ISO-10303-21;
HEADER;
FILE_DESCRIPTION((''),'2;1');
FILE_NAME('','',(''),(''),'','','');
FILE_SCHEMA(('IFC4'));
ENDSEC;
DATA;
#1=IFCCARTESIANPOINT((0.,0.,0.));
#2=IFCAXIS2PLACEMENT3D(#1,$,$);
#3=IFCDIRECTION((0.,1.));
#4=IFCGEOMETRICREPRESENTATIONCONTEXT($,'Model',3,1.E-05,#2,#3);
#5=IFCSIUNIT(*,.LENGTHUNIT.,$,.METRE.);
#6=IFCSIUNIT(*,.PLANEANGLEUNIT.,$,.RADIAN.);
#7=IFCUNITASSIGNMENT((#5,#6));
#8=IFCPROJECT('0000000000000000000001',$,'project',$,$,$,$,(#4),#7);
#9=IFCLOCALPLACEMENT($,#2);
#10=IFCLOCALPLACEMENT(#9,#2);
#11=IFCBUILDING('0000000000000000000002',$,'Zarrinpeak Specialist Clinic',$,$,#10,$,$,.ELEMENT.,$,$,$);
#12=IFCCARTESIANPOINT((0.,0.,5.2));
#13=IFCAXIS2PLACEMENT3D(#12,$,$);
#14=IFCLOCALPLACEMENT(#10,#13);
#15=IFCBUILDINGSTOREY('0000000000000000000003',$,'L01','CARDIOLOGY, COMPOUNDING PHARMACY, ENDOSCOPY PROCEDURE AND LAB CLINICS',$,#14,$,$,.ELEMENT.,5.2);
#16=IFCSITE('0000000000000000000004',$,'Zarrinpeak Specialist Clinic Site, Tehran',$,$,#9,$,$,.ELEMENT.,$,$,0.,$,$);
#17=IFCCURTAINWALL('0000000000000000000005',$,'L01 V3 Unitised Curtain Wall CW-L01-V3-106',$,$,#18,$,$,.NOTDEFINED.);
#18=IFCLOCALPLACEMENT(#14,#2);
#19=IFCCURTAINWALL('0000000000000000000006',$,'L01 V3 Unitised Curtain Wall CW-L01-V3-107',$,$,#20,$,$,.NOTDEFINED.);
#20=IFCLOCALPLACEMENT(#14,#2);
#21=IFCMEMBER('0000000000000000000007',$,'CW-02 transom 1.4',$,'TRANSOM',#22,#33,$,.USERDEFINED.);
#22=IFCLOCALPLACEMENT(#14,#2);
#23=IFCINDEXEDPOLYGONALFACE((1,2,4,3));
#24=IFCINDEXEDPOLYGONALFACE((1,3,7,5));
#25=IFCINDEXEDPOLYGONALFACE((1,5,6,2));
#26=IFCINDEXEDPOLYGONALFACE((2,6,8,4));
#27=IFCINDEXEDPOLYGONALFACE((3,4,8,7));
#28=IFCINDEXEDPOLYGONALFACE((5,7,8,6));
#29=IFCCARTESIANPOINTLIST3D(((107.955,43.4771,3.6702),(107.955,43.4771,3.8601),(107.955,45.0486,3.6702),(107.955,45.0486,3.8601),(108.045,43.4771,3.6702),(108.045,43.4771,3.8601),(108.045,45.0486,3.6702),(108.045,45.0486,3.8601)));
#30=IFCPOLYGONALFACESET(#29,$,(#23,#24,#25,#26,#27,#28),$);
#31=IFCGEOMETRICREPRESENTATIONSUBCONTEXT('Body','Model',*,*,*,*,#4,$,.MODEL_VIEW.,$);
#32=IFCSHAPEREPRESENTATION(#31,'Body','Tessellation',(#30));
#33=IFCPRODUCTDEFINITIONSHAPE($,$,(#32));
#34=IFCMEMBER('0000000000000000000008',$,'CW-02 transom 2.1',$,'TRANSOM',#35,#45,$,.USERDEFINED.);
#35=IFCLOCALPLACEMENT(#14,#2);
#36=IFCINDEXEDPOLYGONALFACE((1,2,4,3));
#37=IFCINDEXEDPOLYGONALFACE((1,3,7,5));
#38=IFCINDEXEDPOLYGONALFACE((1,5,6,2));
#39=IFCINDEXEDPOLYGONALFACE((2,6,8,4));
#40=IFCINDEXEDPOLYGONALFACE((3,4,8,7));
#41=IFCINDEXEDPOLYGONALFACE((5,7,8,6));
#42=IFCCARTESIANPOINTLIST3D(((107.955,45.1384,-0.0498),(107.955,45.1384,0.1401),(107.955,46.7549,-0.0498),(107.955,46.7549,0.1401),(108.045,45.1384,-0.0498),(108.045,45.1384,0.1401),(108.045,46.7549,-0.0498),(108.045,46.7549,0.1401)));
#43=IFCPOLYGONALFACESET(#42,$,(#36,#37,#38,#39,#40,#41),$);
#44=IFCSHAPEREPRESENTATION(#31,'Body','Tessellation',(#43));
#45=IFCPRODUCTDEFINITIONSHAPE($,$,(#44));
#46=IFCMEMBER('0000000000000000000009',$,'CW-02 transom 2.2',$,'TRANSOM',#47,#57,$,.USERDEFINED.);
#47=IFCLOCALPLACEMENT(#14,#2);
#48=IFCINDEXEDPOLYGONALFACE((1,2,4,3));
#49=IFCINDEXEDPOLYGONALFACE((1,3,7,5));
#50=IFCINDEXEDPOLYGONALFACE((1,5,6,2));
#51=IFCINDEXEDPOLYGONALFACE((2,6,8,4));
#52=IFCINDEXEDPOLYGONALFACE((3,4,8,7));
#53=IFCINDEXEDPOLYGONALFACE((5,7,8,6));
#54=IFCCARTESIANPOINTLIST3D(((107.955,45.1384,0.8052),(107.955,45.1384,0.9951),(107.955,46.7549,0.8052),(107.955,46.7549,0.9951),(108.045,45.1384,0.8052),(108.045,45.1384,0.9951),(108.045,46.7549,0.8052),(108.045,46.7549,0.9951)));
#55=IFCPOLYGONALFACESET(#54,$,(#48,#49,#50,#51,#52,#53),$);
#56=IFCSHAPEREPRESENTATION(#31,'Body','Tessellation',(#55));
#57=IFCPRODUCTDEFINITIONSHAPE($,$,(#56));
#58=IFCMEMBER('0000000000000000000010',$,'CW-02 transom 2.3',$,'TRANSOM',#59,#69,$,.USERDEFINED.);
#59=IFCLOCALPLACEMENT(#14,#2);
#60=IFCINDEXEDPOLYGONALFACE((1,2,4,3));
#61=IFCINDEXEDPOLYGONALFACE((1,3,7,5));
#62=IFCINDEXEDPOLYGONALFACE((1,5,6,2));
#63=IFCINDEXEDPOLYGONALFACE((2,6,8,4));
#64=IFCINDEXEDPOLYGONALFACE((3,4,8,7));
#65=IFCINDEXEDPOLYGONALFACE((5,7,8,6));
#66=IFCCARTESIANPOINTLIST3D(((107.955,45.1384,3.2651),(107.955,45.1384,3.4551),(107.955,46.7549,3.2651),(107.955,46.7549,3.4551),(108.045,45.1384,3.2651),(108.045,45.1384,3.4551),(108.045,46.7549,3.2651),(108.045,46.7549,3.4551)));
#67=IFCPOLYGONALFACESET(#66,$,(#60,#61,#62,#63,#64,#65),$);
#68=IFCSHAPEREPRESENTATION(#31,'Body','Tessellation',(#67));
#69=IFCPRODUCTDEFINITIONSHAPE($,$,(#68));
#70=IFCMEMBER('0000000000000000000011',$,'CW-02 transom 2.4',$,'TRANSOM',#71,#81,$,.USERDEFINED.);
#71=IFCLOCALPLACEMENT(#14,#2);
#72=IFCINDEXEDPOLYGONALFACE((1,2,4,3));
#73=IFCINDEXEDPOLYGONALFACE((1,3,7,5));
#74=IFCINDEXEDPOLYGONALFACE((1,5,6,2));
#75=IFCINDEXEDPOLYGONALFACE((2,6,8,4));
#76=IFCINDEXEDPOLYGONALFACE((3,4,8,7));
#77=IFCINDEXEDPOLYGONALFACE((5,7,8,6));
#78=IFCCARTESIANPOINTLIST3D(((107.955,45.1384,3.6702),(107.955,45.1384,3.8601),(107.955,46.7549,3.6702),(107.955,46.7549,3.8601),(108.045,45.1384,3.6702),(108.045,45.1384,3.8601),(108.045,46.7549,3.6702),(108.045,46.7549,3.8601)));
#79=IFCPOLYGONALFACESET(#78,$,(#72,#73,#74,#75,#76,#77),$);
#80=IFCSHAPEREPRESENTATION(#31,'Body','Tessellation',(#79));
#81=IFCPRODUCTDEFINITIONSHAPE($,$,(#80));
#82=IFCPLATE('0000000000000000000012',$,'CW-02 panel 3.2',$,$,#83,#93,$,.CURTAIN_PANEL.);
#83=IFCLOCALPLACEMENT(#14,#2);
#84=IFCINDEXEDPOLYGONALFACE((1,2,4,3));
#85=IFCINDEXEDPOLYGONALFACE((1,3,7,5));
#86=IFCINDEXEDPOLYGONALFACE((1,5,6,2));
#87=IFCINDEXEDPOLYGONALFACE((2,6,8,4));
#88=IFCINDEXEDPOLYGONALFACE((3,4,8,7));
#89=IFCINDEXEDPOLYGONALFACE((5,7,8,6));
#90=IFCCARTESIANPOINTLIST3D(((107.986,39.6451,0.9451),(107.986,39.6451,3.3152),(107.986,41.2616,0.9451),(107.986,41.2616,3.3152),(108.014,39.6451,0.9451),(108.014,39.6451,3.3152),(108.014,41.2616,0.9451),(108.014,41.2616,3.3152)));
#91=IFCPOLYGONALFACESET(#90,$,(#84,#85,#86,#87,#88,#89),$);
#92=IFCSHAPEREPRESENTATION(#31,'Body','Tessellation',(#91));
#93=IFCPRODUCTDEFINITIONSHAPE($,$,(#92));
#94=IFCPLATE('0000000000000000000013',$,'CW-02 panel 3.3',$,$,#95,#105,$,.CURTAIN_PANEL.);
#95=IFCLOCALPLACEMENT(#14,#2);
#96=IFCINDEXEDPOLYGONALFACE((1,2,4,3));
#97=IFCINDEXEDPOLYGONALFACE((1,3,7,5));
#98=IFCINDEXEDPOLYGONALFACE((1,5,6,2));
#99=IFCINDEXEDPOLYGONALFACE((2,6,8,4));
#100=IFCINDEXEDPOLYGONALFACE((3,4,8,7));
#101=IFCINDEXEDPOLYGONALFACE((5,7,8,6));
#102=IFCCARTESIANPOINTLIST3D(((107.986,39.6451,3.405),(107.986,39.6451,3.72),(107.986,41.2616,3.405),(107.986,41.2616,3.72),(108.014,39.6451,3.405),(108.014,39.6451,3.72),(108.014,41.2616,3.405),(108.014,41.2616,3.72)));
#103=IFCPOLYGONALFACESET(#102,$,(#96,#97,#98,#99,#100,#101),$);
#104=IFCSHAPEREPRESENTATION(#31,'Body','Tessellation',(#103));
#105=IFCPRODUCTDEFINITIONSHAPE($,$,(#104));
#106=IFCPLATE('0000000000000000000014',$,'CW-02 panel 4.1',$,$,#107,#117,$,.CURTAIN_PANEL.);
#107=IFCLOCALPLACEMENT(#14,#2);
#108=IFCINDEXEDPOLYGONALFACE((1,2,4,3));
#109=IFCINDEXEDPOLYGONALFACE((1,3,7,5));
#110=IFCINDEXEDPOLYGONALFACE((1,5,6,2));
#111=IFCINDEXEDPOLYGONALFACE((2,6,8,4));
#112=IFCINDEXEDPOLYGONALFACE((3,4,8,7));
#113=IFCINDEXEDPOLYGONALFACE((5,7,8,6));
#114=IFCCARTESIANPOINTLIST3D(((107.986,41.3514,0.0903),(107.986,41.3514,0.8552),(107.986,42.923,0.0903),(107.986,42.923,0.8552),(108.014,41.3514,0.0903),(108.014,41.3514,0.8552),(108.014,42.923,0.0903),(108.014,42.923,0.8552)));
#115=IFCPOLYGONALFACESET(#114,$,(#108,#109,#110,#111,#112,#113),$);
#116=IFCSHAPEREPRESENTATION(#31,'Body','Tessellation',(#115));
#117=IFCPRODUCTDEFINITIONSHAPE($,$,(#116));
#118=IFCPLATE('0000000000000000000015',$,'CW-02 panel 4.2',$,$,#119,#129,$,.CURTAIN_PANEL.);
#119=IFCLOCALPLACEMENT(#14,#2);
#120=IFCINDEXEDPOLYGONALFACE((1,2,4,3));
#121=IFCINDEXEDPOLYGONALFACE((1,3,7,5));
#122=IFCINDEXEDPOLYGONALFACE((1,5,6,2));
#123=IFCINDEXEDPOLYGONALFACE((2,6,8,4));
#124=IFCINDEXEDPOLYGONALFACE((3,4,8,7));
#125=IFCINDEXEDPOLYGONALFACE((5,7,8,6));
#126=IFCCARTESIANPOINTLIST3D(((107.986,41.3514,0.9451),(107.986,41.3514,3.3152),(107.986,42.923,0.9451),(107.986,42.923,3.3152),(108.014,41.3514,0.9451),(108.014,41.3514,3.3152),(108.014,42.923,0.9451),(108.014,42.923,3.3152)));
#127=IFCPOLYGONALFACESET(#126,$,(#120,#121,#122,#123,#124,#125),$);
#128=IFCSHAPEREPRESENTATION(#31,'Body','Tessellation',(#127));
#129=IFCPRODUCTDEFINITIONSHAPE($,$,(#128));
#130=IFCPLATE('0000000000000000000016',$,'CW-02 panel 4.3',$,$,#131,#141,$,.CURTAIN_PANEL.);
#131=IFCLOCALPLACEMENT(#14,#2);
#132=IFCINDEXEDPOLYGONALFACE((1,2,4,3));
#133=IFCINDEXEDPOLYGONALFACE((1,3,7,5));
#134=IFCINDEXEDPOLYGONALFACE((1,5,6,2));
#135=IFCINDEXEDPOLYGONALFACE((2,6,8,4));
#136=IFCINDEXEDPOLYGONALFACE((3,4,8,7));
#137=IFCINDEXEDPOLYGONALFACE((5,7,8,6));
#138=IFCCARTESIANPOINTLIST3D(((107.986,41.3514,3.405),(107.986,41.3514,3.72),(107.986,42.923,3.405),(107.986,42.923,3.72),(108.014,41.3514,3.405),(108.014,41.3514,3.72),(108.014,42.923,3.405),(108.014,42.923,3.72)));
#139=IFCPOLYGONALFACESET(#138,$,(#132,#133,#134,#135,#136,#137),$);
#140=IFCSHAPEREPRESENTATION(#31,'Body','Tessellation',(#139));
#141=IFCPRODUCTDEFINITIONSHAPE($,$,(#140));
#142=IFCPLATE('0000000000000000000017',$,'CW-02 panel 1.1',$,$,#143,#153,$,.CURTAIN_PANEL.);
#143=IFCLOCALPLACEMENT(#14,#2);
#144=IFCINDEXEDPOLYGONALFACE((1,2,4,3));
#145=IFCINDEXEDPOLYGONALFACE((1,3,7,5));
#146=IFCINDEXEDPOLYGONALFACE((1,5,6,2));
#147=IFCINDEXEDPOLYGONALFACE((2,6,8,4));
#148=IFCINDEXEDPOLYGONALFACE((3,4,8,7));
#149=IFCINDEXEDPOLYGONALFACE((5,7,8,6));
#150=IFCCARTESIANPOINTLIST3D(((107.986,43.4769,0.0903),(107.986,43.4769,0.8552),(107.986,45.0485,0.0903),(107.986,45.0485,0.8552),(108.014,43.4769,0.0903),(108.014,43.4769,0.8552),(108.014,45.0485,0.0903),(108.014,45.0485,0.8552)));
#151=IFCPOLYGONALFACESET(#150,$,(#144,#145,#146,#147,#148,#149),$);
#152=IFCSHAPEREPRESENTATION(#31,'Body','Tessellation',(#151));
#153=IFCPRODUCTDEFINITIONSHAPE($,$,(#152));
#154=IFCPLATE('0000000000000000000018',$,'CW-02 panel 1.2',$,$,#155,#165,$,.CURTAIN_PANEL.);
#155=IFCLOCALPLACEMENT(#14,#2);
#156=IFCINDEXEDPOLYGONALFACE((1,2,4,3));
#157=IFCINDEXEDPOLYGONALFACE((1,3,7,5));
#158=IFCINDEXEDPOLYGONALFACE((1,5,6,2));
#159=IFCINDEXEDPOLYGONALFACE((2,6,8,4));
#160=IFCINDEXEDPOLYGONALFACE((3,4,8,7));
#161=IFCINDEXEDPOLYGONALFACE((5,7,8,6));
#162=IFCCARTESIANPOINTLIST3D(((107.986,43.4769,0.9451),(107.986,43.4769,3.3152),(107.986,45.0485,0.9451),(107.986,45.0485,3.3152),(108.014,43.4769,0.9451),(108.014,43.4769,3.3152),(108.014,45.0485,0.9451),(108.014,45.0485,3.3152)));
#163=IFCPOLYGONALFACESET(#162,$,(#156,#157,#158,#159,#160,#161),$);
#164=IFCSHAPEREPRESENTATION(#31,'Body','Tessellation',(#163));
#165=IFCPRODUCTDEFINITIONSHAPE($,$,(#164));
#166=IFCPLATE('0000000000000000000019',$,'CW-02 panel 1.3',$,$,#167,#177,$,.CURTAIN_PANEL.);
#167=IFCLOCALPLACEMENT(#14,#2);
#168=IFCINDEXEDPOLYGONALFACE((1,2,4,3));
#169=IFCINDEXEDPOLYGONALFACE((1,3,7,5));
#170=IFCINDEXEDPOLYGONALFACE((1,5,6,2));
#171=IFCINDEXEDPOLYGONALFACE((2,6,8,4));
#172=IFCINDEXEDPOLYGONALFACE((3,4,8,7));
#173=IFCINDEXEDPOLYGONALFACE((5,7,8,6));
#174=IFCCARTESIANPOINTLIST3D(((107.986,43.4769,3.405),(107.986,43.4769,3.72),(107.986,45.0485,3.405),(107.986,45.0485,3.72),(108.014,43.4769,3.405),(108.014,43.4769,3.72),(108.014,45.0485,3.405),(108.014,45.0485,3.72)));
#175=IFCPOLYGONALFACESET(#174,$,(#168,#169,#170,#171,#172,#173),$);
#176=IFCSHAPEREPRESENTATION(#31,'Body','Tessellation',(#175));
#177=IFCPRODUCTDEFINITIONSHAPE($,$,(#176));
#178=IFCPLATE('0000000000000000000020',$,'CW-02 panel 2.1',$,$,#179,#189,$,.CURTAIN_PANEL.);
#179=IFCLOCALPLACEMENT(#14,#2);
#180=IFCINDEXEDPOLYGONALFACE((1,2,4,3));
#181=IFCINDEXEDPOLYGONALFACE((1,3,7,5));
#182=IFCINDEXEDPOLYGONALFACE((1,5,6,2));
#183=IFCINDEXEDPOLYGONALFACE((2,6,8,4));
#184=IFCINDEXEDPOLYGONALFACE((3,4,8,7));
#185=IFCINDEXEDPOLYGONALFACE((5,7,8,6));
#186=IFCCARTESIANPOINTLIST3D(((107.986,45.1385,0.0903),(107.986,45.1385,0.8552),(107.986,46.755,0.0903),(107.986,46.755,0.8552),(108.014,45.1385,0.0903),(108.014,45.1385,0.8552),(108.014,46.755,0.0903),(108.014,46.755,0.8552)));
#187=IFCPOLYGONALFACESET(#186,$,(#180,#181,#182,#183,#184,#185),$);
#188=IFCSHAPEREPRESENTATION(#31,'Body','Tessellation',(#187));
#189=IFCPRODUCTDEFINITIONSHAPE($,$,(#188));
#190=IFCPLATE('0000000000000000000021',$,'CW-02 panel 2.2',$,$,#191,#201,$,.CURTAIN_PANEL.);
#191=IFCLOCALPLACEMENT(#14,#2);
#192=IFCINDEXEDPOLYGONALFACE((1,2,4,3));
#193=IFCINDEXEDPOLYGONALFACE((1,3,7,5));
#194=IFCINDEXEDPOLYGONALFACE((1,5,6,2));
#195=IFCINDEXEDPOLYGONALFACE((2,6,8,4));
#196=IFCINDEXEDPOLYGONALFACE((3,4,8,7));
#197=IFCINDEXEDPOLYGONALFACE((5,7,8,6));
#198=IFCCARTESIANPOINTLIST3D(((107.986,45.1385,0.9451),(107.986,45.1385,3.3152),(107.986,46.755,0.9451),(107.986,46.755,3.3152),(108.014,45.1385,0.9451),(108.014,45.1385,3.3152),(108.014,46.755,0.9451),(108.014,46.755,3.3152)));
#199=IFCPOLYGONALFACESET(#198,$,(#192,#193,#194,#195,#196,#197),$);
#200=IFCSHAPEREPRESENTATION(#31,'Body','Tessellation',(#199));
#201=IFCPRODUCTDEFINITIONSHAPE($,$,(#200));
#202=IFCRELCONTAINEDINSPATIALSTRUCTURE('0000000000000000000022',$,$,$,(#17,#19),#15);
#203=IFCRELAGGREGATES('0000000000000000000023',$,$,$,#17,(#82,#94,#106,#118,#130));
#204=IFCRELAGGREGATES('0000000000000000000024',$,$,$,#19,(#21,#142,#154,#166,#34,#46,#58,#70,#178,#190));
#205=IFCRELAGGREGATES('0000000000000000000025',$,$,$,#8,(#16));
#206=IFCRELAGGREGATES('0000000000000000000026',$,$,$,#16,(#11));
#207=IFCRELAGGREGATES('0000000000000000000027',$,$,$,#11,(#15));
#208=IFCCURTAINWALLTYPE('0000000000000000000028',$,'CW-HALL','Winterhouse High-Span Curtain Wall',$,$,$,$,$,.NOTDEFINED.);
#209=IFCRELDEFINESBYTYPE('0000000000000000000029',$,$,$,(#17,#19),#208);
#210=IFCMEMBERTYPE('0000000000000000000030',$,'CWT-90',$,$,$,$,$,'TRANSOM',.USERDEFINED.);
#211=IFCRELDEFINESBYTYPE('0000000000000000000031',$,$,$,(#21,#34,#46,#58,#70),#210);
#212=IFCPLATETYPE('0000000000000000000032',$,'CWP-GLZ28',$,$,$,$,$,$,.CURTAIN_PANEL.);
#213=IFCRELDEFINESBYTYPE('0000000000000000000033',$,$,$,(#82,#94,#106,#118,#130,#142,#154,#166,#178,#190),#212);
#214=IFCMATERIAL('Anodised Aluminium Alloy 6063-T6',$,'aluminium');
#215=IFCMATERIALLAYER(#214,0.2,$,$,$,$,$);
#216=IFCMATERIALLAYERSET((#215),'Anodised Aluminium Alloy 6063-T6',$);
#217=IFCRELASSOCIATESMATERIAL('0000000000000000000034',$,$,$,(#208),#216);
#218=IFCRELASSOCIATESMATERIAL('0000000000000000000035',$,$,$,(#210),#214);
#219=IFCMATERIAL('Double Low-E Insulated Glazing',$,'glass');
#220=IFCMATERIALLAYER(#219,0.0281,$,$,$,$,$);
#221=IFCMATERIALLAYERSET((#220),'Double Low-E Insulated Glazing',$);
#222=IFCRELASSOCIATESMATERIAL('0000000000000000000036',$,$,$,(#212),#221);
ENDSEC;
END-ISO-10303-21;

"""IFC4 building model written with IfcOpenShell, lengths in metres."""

from ifc_helpers import new_model, si_unit, direction, frame, origin, origin_2d, place, context, subcontext, project, spatial, rectangle, extrude, material, layer, layer_set, material_profile, profile_set, type_object, element, aggregate, save


model = new_model("IFC4")

# Units and contexts
model_context = context("Model", 3, precision=1e-05, world=origin(), true_north=direction((0.0, 1.0)))
body_context = subcontext(model_context, "Body", "Model", "MODEL_VIEW")
ifc_project = project(units=[si_unit("LENGTHUNIT", "METRE"), si_unit("PLANEANGLEUNIT", "RADIAN")], contexts=[model_context])

# Site, building, storey
site_placement = place(None, origin())
site = spatial("IfcSite", under=ifc_project, at=site_placement, Name="Zarrinpeak Specialist Clinic Site, Tehran", CompositionType="ELEMENT", RefElevation=0.0)
building_placement = place(site_placement, origin())
building = spatial("IfcBuilding", under=site, at=building_placement, Name="Zarrinpeak Specialist Clinic", CompositionType="ELEMENT")
storey_placement = place(building_placement, frame((0.0, 0.0, 5.2)))
storey = spatial("IfcBuildingStorey", under=building, at=storey_placement, Name="L01", Description="CARDIOLOGY, COMPOUNDING PHARMACY, ENDOSCOPY PROCEDURE AND LAB CLINICS", CompositionType="ELEMENT", Elevation=5.2)

# Curtain walls
ifc_material_1 = material(Name="Anodised Aluminium Alloy 6063-T6", Category="aluminium")
ifc_layer_1 = layer(ifc_material_1, 0.2)
ifc_layer_set_1 = layer_set([ifc_layer_1], Name="Anodised Aluminium Alloy 6063-T6")
curtain_wall_type = type_object("IfcCurtainWallType", Name="CW-HALL", Description="Winterhouse High-Span Curtain Wall", PredefinedType="NOTDEFINED", material=ifc_layer_set_1)
curtain_wall_1_placement = place(storey_placement, origin())
curtain_wall_1 = element("IfcCurtainWall", 1, at=curtain_wall_1_placement, inside=storey, type_object=curtain_wall_type, Name="L01 V3 Unitised Curtain Wall CW-L01-V3-106", PredefinedType="NOTDEFINED")
curtain_wall_2_placement = place(storey_placement, origin())
curtain_wall_2 = element("IfcCurtainWall", 2, at=curtain_wall_2_placement, inside=storey, type_object=curtain_wall_type, Name="L01 V3 Unitised Curtain Wall CW-L01-V3-107", PredefinedType="NOTDEFINED")

# Members
ifc_material_profile_1 = material_profile(ifc_material_1, rectangle(XDim=0.0901, YDim=0.1899, at=origin_2d()), Name="ALU 90x190")
ifc_profile_set_1 = profile_set([ifc_material_profile_1], Name="Anodised Aluminium Alloy 6063-T6")
member_type_1 = type_object("IfcMemberType", Name="CWT-90", ElementType="TRANSOM", PredefinedType="USERDEFINED", material=ifc_profile_set_1)
member_1_placement = place(storey_placement, frame((108.0, 43.4771, 3.7651), z_axis=(0.0, 1.0, 0.0), x_axis=(-1.0, 0.0, 0.0)))
member_1 = element("IfcMember", 3, at=member_1_placement, type_object=member_type_1, Name="CW-02 transom 1.4", ObjectType="TRANSOM", PredefinedType="USERDEFINED", context=body_context, shape_type="SweptSolid", body=[
    extrude(rectangle(XDim=0.0901, YDim=0.1899, at=origin_2d()), origin(), (0.0, 0.0, 1.0), 1.5715),
])
member_2_placement = place(storey_placement, frame((108.0, 45.1384, 0.0452), z_axis=(0.0, 1.0, 0.0), x_axis=(-1.0, 0.0, 0.0)))
member_2 = element("IfcMember", 4, at=member_2_placement, type_object=member_type_1, Name="CW-02 transom 2.1", ObjectType="TRANSOM", PredefinedType="USERDEFINED", context=body_context, shape_type="SweptSolid", body=[
    extrude(rectangle(XDim=0.0901, YDim=0.1899, at=origin_2d()), origin(), (0.0, 0.0, 1.0), 1.6165),
])
member_3_placement = place(storey_placement, frame((108.0, 45.1384, 0.9001), z_axis=(0.0, 1.0, 0.0), x_axis=(-1.0, 0.0, 0.0)))
member_3 = element("IfcMember", 5, at=member_3_placement, type_object=member_type_1, Name="CW-02 transom 2.2", ObjectType="TRANSOM", PredefinedType="USERDEFINED", context=body_context, shape_type="SweptSolid", body=[
    extrude(rectangle(XDim=0.0901, YDim=0.1899, at=origin_2d()), origin(), (0.0, 0.0, 1.0), 1.6165),
])
member_4_placement = place(storey_placement, frame((108.0, 45.1384, 3.3601), z_axis=(0.0, 1.0, 0.0), x_axis=(-1.0, 0.0, 0.0)))
member_4 = element("IfcMember", 6, at=member_4_placement, type_object=member_type_1, Name="CW-02 transom 2.3", ObjectType="TRANSOM", PredefinedType="USERDEFINED", context=body_context, shape_type="SweptSolid", body=[
    extrude(rectangle(XDim=0.0901, YDim=0.1899, at=origin_2d()), origin(), (0.0, 0.0, 1.0), 1.6165),
])
member_5_placement = place(storey_placement, frame((108.0, 45.1384, 3.7651), z_axis=(0.0, 1.0, 0.0), x_axis=(-1.0, 0.0, 0.0)))
member_5 = element("IfcMember", 7, at=member_5_placement, type_object=member_type_1, Name="CW-02 transom 2.4", ObjectType="TRANSOM", PredefinedType="USERDEFINED", context=body_context, shape_type="SweptSolid", body=[
    extrude(rectangle(XDim=0.0901, YDim=0.1899, at=origin_2d()), origin(), (0.0, 0.0, 1.0), 1.6165),
])

# Plates
ifc_material_2 = material(Name="Double Low-E Insulated Glazing", Category="glass")
ifc_layer_2 = layer(ifc_material_2, 0.0281)
ifc_layer_set_2 = layer_set([ifc_layer_2], Name="Double Low-E Insulated Glazing")
plate_type_1 = type_object("IfcPlateType", Name="CWP-GLZ28", PredefinedType="CURTAIN_PANEL", material=ifc_layer_set_2)
plate_1_placement = place(storey_placement, frame((108.0, 40.4534, 0.9451), z_axis=(0.0, 0.0, 1.0), x_axis=(0.0, 1.0, 0.0)))
plate_1 = element("IfcPlate", 8, at=plate_1_placement, type_object=plate_type_1, Name="CW-02 panel 3.2", PredefinedType="CURTAIN_PANEL", context=body_context, shape_type="SweptSolid", body=[
    extrude(rectangle(XDim=1.6165, YDim=0.0281, at=origin_2d()), origin(), (0.0, 0.0, 1.0), 2.3701),
])
plate_2_placement = place(storey_placement, frame((108.0, 40.4534, 3.405), z_axis=(0.0, 0.0, 1.0), x_axis=(0.0, 1.0, 0.0)))
plate_2 = element("IfcPlate", 9, at=plate_2_placement, type_object=plate_type_1, Name="CW-02 panel 3.3", PredefinedType="CURTAIN_PANEL", context=body_context, shape_type="SweptSolid", body=[
    extrude(rectangle(XDim=1.6165, YDim=0.0281, at=origin_2d()), origin(), (0.0, 0.0, 1.0), 0.3149),
])
plate_3_placement = place(storey_placement, frame((108.0, 42.1372, 0.0903), z_axis=(0.0, 0.0, 1.0), x_axis=(0.0, 1.0, 0.0)))
plate_3 = element("IfcPlate", 10, at=plate_3_placement, type_object=plate_type_1, Name="CW-02 panel 4.1", PredefinedType="CURTAIN_PANEL", context=body_context, shape_type="SweptSolid", body=[
    extrude(rectangle(XDim=1.5715, YDim=0.0281, at=origin_2d()), origin(), (0.0, 0.0, 1.0), 0.7649),
])
plate_4_placement = place(storey_placement, frame((108.0, 42.1372, 0.9451), z_axis=(0.0, 0.0, 1.0), x_axis=(0.0, 1.0, 0.0)))
plate_4 = element("IfcPlate", 11, at=plate_4_placement, type_object=plate_type_1, Name="CW-02 panel 4.2", PredefinedType="CURTAIN_PANEL", context=body_context, shape_type="SweptSolid", body=[
    extrude(rectangle(XDim=1.5715, YDim=0.0281, at=origin_2d()), origin(), (0.0, 0.0, 1.0), 2.3701),
])
plate_5_placement = place(storey_placement, frame((108.0, 42.1372, 3.405), z_axis=(0.0, 0.0, 1.0), x_axis=(0.0, 1.0, 0.0)))
plate_5 = element("IfcPlate", 12, at=plate_5_placement, type_object=plate_type_1, Name="CW-02 panel 4.3", PredefinedType="CURTAIN_PANEL", context=body_context, shape_type="SweptSolid", body=[
    extrude(rectangle(XDim=1.5715, YDim=0.0281, at=origin_2d()), origin(), (0.0, 0.0, 1.0), 0.3149),
])
aggregate(curtain_wall_1, [plate_1, plate_2, plate_3, plate_4, plate_5])
plate_6_placement = place(storey_placement, frame((108.0, 44.2627, 0.0903), z_axis=(0.0, 0.0, 1.0), x_axis=(0.0, 1.0, 0.0)))
plate_6 = element("IfcPlate", 13, at=plate_6_placement, type_object=plate_type_1, Name="CW-02 panel 1.1", PredefinedType="CURTAIN_PANEL", context=body_context, shape_type="SweptSolid", body=[
    extrude(rectangle(XDim=1.5715, YDim=0.0281, at=origin_2d()), origin(), (0.0, 0.0, 1.0), 0.7649),
])
plate_7_placement = place(storey_placement, frame((108.0, 44.2627, 0.9451), z_axis=(0.0, 0.0, 1.0), x_axis=(0.0, 1.0, 0.0)))
plate_7 = element("IfcPlate", 14, at=plate_7_placement, type_object=plate_type_1, Name="CW-02 panel 1.2", PredefinedType="CURTAIN_PANEL", context=body_context, shape_type="SweptSolid", body=[
    extrude(rectangle(XDim=1.5715, YDim=0.0281, at=origin_2d()), origin(), (0.0, 0.0, 1.0), 2.3701),
])
plate_8_placement = place(storey_placement, frame((108.0, 44.2627, 3.405), z_axis=(0.0, 0.0, 1.0), x_axis=(0.0, 1.0, 0.0)))
plate_8 = element("IfcPlate", 15, at=plate_8_placement, type_object=plate_type_1, Name="CW-02 panel 1.3", PredefinedType="CURTAIN_PANEL", context=body_context, shape_type="SweptSolid", body=[
    extrude(rectangle(XDim=1.5715, YDim=0.0281, at=origin_2d()), origin(), (0.0, 0.0, 1.0), 0.3149),
])
plate_9_placement = place(storey_placement, frame((108.0, 45.9468, 0.0903), z_axis=(0.0, 0.0, 1.0), x_axis=(0.0, 1.0, 0.0)))
plate_9 = element("IfcPlate", 16, at=plate_9_placement, type_object=plate_type_1, Name="CW-02 panel 2.1", PredefinedType="CURTAIN_PANEL", context=body_context, shape_type="SweptSolid", body=[
    extrude(rectangle(XDim=1.6165, YDim=0.0281, at=origin_2d()), origin(), (0.0, 0.0, 1.0), 0.7649),
])
plate_10_placement = place(storey_placement, frame((108.0, 45.9468, 0.9451), z_axis=(0.0, 0.0, 1.0), x_axis=(0.0, 1.0, 0.0)))
plate_10 = element("IfcPlate", 17, at=plate_10_placement, type_object=plate_type_1, Name="CW-02 panel 2.2", PredefinedType="CURTAIN_PANEL", context=body_context, shape_type="SweptSolid", body=[
    extrude(rectangle(XDim=1.6165, YDim=0.0281, at=origin_2d()), origin(), (0.0, 0.0, 1.0), 2.3701),
])
aggregate(curtain_wall_2, [member_1, plate_6, plate_7, plate_8, member_2, member_3, member_4, member_5, plate_9, plate_10])

save(model, "model.ifc")
